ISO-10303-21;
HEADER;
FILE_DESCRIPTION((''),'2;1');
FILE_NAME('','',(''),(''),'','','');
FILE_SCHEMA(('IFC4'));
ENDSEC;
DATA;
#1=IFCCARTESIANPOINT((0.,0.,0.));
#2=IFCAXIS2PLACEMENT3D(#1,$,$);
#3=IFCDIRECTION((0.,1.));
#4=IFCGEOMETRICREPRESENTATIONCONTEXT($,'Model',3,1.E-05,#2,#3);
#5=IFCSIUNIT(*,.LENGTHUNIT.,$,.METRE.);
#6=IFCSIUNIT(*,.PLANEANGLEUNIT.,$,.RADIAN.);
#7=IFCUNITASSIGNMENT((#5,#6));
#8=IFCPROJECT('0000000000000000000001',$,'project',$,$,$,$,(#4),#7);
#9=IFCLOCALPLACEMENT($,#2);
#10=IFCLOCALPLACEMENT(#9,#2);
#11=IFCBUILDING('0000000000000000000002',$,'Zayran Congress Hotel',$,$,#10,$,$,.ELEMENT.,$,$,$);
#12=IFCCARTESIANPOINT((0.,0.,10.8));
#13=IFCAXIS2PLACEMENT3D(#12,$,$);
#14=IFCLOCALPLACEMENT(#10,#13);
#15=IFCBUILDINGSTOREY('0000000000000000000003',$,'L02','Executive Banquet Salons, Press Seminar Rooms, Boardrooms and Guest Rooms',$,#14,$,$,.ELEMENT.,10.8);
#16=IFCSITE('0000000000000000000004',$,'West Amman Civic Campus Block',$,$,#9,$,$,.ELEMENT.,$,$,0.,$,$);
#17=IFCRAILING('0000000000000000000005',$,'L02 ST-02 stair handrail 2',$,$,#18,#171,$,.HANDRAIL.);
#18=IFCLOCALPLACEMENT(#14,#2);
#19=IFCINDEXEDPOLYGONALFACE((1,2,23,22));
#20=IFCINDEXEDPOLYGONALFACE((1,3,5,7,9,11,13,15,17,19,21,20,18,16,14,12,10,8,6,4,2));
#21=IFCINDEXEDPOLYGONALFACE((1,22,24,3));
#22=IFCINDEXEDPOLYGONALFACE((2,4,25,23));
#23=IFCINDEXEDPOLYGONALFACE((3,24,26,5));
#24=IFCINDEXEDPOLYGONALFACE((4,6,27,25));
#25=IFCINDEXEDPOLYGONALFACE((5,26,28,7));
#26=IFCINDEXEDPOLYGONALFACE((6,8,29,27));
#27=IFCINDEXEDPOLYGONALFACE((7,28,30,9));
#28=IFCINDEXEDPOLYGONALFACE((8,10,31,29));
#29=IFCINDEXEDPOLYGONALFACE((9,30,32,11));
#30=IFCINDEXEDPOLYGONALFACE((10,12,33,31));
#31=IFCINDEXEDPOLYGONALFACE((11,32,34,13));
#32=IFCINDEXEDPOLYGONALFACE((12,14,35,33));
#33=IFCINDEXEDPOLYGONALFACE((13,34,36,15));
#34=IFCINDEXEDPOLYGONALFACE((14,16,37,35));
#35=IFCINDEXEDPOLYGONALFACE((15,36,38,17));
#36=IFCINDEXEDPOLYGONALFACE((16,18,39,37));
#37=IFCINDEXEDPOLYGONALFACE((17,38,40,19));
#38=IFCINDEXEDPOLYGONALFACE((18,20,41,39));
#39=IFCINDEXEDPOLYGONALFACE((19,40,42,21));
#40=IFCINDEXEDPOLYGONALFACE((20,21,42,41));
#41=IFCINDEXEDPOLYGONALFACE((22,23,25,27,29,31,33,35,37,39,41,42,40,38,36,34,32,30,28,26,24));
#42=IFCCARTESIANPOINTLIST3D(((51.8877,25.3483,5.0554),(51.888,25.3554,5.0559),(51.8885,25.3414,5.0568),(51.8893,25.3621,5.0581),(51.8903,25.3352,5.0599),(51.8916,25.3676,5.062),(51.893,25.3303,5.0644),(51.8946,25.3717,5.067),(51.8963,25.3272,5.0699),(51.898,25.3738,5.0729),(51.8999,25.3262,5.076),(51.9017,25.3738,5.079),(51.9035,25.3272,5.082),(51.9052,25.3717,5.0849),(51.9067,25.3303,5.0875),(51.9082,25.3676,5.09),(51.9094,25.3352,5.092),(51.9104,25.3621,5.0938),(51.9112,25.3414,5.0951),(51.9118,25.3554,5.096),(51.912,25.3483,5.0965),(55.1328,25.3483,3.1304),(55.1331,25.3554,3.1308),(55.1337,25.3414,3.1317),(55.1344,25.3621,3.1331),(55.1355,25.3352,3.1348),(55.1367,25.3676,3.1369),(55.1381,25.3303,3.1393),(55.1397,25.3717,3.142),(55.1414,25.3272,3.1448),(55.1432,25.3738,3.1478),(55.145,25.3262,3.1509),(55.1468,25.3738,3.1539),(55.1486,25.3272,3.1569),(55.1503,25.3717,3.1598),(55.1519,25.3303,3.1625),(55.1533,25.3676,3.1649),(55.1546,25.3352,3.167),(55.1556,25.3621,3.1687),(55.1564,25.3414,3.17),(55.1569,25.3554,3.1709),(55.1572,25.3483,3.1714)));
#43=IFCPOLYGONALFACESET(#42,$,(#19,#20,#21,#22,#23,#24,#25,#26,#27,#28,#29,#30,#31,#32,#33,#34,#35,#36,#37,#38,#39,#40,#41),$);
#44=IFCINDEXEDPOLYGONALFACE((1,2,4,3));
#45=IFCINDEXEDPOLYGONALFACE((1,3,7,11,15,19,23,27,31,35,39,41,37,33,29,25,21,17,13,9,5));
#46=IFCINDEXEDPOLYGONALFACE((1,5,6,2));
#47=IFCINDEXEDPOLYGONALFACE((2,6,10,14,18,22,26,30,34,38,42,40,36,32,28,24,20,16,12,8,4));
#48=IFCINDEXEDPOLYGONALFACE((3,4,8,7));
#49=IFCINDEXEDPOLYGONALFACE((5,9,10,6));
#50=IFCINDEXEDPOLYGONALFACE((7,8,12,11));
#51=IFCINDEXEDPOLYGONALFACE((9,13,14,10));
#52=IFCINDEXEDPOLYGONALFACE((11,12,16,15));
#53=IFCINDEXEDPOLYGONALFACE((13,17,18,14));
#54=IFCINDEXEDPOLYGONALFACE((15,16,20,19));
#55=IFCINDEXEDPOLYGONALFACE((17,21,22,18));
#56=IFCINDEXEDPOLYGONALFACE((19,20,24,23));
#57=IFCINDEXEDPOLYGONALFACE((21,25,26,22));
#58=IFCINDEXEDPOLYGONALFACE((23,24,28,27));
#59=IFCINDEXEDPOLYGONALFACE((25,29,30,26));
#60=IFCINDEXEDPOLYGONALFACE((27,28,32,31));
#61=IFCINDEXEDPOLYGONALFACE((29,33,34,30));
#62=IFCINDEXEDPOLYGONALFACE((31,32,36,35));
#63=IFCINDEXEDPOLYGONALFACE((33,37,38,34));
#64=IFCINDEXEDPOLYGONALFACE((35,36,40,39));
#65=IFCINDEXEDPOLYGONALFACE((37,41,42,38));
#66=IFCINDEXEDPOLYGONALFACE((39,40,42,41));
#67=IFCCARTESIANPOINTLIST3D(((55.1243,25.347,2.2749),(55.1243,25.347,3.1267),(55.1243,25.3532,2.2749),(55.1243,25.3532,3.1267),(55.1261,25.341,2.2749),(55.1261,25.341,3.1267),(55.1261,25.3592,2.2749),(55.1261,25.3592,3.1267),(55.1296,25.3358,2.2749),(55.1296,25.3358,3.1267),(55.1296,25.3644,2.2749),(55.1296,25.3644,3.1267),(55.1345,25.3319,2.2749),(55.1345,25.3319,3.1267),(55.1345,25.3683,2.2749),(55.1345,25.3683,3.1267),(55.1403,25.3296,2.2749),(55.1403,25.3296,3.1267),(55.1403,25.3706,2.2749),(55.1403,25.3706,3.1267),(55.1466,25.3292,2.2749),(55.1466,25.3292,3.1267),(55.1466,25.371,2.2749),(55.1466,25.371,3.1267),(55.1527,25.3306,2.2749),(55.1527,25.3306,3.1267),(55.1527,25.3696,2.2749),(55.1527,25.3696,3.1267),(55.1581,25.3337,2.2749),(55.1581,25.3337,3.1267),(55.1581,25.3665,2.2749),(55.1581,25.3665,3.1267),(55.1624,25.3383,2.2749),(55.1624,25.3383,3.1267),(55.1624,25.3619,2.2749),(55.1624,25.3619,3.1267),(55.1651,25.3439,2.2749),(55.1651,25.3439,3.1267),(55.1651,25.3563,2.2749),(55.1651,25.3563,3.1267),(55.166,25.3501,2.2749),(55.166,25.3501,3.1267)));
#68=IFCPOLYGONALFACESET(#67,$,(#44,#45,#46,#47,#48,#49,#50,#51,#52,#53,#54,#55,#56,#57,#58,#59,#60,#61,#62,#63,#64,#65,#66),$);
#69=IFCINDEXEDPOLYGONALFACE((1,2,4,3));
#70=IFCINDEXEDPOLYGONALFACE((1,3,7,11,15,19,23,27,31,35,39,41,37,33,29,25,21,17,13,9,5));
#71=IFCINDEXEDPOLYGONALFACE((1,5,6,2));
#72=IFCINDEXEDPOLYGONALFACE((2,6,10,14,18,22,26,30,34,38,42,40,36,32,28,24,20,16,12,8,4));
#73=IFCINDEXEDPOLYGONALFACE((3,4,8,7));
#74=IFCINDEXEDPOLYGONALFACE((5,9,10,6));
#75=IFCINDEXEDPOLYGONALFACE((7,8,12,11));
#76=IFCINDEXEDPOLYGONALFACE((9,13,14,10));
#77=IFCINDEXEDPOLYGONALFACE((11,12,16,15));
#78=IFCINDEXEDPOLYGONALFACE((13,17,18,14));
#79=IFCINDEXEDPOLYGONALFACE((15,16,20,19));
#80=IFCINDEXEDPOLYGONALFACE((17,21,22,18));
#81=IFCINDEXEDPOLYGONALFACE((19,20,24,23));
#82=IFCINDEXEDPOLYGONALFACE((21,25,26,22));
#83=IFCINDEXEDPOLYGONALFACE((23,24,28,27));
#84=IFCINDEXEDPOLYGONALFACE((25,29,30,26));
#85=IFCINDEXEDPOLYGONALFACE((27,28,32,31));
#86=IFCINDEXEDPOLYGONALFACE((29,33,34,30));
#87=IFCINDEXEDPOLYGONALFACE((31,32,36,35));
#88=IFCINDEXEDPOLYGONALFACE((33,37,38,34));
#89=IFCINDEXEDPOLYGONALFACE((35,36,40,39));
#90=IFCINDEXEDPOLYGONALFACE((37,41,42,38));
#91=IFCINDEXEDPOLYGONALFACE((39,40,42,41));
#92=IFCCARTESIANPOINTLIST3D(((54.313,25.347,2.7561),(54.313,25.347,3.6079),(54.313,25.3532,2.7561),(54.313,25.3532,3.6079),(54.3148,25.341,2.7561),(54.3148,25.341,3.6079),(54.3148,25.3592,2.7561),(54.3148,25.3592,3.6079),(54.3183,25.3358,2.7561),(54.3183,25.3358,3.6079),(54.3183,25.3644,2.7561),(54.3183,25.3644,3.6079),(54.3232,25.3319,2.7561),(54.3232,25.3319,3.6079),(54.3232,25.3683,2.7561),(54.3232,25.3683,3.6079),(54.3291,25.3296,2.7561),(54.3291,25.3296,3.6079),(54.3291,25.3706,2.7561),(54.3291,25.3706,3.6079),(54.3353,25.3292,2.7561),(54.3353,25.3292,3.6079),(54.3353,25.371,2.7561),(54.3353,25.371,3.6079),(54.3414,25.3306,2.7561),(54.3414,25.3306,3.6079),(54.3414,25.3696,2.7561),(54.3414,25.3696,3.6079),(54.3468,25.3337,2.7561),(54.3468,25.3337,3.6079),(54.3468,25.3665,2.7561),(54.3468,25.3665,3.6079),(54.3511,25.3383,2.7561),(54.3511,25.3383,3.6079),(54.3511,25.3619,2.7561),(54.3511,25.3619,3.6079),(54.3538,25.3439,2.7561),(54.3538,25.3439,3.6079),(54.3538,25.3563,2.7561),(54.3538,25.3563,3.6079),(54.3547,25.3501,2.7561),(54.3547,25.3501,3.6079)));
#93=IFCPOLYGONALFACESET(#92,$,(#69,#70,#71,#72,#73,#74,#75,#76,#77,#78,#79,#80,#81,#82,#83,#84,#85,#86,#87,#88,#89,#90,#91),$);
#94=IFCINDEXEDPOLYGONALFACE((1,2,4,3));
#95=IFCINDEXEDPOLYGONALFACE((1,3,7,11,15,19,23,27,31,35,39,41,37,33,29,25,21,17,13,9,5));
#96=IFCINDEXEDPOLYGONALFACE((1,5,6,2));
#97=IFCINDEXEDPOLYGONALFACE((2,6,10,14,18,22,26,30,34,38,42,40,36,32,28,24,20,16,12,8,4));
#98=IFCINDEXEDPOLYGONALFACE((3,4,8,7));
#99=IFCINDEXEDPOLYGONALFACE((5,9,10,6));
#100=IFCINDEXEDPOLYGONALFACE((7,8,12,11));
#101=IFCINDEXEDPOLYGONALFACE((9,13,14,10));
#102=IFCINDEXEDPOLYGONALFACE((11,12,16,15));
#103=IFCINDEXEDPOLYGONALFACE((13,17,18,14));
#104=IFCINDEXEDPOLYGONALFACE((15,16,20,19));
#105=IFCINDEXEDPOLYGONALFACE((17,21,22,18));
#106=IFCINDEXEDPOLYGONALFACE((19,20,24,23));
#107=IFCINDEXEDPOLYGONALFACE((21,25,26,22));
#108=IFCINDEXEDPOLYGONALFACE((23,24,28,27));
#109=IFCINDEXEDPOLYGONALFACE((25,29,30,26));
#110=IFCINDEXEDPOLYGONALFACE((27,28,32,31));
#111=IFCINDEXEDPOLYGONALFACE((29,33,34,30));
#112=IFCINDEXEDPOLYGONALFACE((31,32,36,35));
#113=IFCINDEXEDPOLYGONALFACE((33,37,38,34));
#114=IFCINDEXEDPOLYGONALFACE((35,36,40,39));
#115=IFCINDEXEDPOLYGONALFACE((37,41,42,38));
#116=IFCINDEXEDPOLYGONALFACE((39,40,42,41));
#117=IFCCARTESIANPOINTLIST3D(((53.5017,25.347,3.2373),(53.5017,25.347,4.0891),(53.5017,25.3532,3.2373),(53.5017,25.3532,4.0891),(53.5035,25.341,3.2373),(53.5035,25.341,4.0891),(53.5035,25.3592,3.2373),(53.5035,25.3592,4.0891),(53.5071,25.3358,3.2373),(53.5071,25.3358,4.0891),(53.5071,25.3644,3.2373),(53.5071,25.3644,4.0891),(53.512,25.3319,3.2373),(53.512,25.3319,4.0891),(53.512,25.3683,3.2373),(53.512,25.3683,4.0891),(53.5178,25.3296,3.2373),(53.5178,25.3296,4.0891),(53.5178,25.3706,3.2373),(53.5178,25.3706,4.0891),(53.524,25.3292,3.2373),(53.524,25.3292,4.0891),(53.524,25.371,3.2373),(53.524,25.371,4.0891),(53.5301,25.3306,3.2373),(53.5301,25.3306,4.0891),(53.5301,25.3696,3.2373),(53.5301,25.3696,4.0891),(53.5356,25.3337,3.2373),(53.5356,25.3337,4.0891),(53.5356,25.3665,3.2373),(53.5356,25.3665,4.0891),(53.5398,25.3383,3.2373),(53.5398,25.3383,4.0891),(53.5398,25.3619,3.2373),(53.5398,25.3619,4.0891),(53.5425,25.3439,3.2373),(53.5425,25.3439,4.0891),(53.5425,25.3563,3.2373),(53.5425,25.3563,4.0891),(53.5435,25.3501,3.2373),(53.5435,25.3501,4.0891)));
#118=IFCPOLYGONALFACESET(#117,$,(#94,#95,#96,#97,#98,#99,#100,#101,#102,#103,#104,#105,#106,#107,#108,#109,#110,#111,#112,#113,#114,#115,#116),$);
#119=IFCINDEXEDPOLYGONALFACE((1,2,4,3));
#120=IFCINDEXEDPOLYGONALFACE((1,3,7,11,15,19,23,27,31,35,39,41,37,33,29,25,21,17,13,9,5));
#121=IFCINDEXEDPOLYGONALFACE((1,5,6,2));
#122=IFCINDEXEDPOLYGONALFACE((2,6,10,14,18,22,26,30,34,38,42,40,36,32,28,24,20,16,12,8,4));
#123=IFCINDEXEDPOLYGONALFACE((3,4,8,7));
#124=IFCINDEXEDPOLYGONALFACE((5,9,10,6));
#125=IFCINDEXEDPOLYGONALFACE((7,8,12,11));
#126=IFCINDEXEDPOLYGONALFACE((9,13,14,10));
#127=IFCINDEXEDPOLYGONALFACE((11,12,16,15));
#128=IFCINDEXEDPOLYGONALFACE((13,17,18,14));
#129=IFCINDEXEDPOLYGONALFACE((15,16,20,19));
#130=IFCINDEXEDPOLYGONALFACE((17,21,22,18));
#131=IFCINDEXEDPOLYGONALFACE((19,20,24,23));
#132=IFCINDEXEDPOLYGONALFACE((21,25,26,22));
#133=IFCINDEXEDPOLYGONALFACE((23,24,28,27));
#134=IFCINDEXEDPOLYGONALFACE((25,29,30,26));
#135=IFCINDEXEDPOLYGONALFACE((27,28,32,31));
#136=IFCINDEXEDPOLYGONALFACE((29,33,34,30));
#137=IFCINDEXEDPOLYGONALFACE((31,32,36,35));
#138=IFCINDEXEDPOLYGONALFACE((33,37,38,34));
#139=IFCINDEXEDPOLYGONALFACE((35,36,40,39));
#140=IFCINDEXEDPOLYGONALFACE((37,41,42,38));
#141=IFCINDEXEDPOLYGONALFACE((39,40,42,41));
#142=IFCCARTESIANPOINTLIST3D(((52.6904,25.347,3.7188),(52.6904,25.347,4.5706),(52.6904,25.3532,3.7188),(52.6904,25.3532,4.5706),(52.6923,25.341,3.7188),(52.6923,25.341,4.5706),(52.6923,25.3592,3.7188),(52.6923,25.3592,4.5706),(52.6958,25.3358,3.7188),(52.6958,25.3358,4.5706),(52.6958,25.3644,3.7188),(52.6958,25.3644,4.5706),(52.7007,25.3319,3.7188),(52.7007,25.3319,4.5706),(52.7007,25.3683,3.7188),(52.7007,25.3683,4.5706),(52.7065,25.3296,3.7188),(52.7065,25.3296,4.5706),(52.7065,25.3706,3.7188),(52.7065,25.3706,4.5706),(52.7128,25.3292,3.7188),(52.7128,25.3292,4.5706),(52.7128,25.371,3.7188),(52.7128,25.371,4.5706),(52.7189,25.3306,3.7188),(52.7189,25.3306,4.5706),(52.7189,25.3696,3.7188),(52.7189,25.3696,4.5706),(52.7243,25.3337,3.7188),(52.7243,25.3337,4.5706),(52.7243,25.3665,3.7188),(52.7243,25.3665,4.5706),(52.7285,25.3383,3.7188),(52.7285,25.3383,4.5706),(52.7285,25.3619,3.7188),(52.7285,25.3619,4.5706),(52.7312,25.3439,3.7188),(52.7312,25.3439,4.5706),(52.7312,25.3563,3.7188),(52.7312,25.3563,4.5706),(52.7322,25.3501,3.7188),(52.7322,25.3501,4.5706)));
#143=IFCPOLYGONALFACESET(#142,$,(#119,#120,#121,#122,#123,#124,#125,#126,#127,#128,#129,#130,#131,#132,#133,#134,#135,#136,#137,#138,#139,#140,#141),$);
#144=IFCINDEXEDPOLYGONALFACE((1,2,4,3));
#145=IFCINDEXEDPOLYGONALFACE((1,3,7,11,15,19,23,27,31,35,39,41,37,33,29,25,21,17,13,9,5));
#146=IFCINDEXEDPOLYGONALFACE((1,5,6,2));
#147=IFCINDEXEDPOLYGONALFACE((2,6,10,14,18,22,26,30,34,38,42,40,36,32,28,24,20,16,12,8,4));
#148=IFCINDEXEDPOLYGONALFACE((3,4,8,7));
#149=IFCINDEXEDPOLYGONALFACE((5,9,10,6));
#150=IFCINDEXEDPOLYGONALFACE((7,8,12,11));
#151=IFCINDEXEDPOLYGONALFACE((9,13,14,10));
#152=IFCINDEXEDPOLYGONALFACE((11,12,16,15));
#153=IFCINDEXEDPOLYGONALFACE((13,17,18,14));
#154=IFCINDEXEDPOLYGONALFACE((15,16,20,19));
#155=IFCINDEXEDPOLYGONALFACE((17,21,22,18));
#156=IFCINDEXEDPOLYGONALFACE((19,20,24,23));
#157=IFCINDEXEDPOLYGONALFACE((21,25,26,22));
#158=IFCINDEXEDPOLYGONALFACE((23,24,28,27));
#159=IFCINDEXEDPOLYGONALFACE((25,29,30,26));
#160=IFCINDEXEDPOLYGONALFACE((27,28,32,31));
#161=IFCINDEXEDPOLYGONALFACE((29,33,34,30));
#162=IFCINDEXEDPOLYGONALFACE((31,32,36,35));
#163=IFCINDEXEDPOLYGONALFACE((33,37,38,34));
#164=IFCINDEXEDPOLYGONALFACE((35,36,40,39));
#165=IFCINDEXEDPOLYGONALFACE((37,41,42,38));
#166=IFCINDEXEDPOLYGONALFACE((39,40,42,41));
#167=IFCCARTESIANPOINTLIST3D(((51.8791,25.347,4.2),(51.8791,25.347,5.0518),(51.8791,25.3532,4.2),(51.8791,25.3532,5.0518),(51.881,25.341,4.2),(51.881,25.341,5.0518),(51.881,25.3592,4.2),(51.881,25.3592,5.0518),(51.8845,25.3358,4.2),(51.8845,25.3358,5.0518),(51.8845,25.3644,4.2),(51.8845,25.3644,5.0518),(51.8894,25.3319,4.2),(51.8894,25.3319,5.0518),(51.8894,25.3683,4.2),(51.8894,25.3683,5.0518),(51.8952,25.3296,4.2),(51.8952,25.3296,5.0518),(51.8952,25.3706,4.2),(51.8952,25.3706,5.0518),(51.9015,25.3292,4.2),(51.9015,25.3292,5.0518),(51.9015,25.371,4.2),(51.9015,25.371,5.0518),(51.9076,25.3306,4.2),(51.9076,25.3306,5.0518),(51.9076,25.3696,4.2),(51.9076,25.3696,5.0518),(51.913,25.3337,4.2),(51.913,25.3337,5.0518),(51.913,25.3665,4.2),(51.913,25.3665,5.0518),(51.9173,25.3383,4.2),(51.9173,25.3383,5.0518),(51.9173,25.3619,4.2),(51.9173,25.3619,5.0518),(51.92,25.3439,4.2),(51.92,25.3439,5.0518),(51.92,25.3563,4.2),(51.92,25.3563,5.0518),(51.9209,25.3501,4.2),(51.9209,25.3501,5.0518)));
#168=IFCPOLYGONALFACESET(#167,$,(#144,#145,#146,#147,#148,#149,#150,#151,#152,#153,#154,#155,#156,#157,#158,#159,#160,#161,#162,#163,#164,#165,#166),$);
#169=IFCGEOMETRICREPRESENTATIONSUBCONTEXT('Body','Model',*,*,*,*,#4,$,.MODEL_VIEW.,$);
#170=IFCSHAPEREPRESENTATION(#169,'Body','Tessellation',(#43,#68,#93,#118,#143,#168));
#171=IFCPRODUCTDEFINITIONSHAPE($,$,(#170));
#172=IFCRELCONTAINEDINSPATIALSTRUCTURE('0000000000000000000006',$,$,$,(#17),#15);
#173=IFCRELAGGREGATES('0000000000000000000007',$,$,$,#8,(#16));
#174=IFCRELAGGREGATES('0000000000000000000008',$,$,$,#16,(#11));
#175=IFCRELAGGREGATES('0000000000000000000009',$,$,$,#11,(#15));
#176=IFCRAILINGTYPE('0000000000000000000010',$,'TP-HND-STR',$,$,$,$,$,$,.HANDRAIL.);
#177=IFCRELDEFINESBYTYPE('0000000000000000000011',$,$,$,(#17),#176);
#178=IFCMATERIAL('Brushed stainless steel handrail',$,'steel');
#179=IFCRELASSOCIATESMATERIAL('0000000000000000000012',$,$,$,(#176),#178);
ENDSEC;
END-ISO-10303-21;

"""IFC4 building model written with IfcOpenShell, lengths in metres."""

from ifc_helpers import new_model, si_unit, direction, frame, origin, origin_2d, place, context, subcontext, project, spatial, circle, extrude, material, type_object, element, save


model = new_model("IFC4")

# Units and contexts
model_context = context("Model", 3, precision=1e-05, world=origin(), true_north=direction((0.0, 1.0)))
body_context = subcontext(model_context, "Body", "Model", "MODEL_VIEW")
ifc_project = project(units=[si_unit("LENGTHUNIT", "METRE"), si_unit("PLANEANGLEUNIT", "RADIAN")], contexts=[model_context])

# Site, building, storey
site_placement = place(None, origin())
site = spatial("IfcSite", under=ifc_project, at=site_placement, Name="West Amman Civic Campus Block", CompositionType="ELEMENT", RefElevation=0.0)
building_placement = place(site_placement, origin())
building = spatial("IfcBuilding", under=site, at=building_placement, Name="Zayran Congress Hotel", CompositionType="ELEMENT")
storey_placement = place(building_placement, frame((0.0, 0.0, 10.8)))
storey = spatial("IfcBuildingStorey", under=building, at=storey_placement, Name="L02", Description="Executive Banquet Salons, Press Seminar Rooms, Boardrooms and Guest Rooms", CompositionType="ELEMENT", Elevation=10.8)

# Railing
ifc_material_1 = material(Name="Brushed stainless steel handrail", Category="steel")
railing_type_1 = type_object("IfcRailingType", Name="TP-HND-STR", PredefinedType="HANDRAIL", material=ifc_material_1)
railing_1_placement = place(storey_placement, frame((55.145, 25.3501, 2.2749)))
element("IfcRailing", 1, at=railing_1_placement, inside=storey, type_object=railing_type_1, Name="L02 ST-02 stair handrail 2", PredefinedType="HANDRAIL", context=body_context, shape_type="SweptSolid", body=[
    extrude(circle(Radius=0.0239, at=origin_2d()), frame((0.0, 0.0, 0.876), z_axis=(-0.860057, 0.0, 0.510198), x_axis=(0.0, -1.0, 0.0)), (0.0, 0.0, 1.0), 3.7732),
    extrude(circle(Radius=0.021, at=origin_2d()), origin(), (0.0, 0.0, 1.0), 0.8518),
    extrude(circle(Radius=0.021, at=origin_2d()), frame((-0.8113, 0.0, 0.4812)), (0.0, 0.0, 1.0), 0.8518),
    extrude(circle(Radius=0.021, at=origin_2d()), frame((-1.6226, 0.0, 0.9624)), (0.0, 0.0, 1.0), 0.8518),
    extrude(circle(Radius=0.021, at=origin_2d()), frame((-2.4338, 0.0, 1.4438)), (0.0, 0.0, 1.0), 0.8518),
    extrude(circle(Radius=0.021, at=origin_2d()), frame((-3.2451, 0.0, 1.925)), (0.0, 0.0, 1.0), 0.8518),
])

save(model, "model.ifc")
